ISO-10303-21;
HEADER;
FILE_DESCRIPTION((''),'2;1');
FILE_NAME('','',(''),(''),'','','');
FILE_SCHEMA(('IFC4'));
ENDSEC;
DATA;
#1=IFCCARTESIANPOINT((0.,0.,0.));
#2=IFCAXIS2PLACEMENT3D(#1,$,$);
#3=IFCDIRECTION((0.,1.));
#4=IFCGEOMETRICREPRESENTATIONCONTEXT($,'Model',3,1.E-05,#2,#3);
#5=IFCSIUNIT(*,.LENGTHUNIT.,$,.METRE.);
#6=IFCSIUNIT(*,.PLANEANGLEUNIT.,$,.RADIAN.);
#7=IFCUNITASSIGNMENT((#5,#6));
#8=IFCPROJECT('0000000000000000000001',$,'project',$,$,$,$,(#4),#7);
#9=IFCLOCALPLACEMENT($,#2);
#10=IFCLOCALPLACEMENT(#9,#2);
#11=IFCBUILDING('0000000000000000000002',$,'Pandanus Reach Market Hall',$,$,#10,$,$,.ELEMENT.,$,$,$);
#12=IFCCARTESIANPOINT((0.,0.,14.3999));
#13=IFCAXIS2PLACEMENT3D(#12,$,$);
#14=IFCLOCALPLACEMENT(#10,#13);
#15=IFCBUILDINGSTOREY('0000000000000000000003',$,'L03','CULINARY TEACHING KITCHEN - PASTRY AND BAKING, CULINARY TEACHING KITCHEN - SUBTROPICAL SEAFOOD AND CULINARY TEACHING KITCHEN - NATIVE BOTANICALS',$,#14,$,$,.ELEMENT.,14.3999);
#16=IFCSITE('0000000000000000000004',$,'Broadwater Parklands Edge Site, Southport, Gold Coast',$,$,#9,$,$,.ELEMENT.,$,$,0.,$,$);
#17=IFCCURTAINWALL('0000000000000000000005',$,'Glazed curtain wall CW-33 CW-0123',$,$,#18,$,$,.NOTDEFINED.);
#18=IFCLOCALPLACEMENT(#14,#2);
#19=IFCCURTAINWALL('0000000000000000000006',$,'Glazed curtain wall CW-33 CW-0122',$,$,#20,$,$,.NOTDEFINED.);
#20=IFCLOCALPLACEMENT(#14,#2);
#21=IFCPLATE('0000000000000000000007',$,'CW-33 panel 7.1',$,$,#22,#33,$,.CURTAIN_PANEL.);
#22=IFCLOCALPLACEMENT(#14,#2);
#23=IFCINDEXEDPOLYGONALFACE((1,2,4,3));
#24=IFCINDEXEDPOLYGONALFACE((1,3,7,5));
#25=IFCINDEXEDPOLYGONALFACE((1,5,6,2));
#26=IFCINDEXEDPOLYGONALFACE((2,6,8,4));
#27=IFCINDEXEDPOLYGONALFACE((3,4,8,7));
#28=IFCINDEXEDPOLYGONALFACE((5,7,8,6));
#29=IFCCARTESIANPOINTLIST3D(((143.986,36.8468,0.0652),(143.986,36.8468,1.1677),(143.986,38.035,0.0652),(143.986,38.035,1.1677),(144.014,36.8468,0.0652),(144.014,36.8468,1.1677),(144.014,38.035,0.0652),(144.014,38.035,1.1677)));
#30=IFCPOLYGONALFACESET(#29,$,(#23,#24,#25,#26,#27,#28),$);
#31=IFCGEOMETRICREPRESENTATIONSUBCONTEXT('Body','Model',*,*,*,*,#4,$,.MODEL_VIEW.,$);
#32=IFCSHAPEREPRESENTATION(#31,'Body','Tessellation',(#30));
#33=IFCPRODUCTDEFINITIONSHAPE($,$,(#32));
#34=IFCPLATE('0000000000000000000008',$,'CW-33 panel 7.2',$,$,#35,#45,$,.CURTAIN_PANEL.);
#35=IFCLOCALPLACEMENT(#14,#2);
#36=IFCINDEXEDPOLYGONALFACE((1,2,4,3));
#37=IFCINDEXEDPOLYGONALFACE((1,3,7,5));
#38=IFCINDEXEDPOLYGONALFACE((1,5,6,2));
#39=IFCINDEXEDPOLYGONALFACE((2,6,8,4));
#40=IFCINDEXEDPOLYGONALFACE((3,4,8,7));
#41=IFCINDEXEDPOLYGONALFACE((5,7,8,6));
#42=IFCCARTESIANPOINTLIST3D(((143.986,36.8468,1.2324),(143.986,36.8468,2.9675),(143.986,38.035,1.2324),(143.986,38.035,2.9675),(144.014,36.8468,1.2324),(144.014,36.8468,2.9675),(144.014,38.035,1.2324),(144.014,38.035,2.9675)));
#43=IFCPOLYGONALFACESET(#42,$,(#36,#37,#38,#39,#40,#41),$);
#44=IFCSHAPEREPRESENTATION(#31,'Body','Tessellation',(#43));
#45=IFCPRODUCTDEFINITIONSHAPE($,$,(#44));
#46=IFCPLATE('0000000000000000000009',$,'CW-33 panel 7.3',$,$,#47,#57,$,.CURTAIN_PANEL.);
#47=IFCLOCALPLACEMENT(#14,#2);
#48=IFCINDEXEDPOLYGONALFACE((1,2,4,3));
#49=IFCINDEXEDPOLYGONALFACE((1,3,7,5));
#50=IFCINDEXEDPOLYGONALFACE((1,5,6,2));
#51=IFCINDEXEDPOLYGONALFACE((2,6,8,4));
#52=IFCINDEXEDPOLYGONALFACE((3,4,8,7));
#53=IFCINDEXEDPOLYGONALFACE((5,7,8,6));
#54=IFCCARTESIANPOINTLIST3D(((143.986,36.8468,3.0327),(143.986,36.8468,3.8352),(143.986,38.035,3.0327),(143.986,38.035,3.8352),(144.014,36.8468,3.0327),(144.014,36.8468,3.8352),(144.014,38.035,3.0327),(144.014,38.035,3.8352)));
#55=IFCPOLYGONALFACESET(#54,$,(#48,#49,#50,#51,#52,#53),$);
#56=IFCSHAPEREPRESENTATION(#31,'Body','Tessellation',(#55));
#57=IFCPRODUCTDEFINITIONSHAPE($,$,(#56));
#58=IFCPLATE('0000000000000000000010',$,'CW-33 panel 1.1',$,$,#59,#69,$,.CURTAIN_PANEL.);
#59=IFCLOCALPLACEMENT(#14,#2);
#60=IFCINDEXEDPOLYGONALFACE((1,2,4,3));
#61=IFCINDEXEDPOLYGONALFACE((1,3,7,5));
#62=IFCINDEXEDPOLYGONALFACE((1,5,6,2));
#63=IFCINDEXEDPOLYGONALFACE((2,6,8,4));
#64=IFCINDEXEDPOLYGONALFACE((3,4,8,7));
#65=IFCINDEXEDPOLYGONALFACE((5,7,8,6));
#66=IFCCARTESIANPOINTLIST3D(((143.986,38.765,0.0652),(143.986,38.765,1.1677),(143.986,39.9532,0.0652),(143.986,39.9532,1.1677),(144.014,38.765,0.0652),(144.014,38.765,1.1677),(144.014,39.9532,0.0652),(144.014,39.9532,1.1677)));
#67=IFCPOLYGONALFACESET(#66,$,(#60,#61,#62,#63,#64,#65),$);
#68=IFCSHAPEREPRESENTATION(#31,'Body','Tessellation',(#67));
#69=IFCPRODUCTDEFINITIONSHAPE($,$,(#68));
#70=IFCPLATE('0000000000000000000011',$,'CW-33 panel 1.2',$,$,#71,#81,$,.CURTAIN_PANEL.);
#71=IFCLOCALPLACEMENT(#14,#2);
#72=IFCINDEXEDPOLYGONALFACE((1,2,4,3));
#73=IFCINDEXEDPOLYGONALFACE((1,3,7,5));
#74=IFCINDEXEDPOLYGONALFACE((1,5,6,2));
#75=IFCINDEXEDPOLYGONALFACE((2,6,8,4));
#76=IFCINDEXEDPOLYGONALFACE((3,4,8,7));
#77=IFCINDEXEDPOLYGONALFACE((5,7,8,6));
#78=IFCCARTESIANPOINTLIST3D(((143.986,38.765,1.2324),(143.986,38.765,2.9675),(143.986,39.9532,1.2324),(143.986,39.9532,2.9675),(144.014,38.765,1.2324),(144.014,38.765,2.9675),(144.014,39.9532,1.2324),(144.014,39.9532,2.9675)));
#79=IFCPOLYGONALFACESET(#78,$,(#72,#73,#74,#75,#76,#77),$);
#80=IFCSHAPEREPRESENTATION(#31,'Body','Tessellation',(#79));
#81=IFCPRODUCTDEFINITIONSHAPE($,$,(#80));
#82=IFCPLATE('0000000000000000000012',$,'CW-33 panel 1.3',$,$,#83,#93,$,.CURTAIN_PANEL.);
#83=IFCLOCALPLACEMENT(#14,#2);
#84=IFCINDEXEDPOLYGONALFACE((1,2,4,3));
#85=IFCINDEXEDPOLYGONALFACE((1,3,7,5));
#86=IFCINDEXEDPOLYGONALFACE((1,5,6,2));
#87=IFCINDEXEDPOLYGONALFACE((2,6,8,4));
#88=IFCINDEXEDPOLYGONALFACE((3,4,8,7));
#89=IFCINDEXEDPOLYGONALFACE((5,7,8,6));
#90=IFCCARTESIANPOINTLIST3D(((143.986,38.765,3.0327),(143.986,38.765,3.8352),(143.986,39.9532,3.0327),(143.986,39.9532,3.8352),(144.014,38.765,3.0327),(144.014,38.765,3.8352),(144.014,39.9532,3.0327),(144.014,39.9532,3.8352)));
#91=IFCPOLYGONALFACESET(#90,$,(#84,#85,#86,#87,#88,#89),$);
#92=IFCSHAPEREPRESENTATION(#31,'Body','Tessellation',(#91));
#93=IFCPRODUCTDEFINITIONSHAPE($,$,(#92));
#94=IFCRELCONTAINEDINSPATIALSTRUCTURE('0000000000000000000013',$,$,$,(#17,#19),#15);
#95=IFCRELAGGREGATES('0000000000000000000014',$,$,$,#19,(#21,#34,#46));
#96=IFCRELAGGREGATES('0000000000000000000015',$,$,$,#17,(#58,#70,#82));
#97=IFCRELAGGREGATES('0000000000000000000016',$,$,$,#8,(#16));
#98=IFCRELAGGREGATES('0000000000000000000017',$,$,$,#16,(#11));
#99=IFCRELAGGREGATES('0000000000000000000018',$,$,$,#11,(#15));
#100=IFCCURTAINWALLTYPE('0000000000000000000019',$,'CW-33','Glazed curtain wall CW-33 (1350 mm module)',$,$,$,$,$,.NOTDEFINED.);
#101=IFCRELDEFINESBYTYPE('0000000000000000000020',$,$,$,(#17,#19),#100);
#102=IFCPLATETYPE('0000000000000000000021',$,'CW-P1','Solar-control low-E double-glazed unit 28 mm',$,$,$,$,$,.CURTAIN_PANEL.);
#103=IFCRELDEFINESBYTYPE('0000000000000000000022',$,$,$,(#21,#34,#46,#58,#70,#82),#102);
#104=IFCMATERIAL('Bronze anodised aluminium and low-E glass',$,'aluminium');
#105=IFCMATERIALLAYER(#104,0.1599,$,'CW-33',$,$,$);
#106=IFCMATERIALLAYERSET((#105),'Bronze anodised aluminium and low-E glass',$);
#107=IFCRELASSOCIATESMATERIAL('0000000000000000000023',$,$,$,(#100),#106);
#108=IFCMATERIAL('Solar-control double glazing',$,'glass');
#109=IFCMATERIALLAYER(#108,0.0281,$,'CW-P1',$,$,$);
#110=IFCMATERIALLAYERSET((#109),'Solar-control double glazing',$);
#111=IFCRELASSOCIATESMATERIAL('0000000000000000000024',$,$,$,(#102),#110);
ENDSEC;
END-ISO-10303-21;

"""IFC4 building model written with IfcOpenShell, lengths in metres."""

from ifc_helpers import new_model, si_unit, direction, frame, origin, origin_2d, place, context, subcontext, project, spatial, rectangle, extrude, material, layer, layer_set, type_object, element, aggregate, save


model = new_model("IFC4")

# Units and contexts
model_context = context("Model", 3, precision=1e-05, world=origin(), true_north=direction((0.0, 1.0)))
body_context = subcontext(model_context, "Body", "Model", "MODEL_VIEW")
ifc_project = project(units=[si_unit("LENGTHUNIT", "METRE"), si_unit("PLANEANGLEUNIT", "RADIAN")], contexts=[model_context])

# Site, building, storey
site_placement = place(None, origin())
site = spatial("IfcSite", under=ifc_project, at=site_placement, Name="Broadwater Parklands Edge Site, Southport, Gold Coast", CompositionType="ELEMENT", RefElevation=0.0)
building_placement = place(site_placement, origin())
building = spatial("IfcBuilding", under=site, at=building_placement, Name="Pandanus Reach Market Hall", CompositionType="ELEMENT")
storey_placement = place(building_placement, frame((0.0, 0.0, 14.3999)))
storey = spatial("IfcBuildingStorey", under=building, at=storey_placement, Name="L03", Description="CULINARY TEACHING KITCHEN - PASTRY AND BAKING, CULINARY TEACHING KITCHEN - SUBTROPICAL SEAFOOD AND CULINARY TEACHING KITCHEN - NATIVE BOTANICALS", CompositionType="ELEMENT", Elevation=14.3999)

# Curtain walls
ifc_material_1 = material(Name="Bronze anodised aluminium and low-E glass", Category="aluminium")
ifc_layer_1 = layer(ifc_material_1, 0.1599, Name="CW-33")
ifc_layer_set_1 = layer_set([ifc_layer_1], Name="Bronze anodised aluminium and low-E glass")
curtain_wall_type = type_object("IfcCurtainWallType", Name="CW-33", Description="Glazed curtain wall CW-33 (1350 mm module)", PredefinedType="NOTDEFINED", material=ifc_layer_set_1)
curtain_wall_1_placement = place(storey_placement, origin())
curtain_wall_1 = element("IfcCurtainWall", 1, at=curtain_wall_1_placement, inside=storey, type_object=curtain_wall_type, Name="Glazed curtain wall CW-33 CW-0123", PredefinedType="NOTDEFINED")
curtain_wall_2_placement = place(storey_placement, origin())
curtain_wall_2 = element("IfcCurtainWall", 2, at=curtain_wall_2_placement, inside=storey, type_object=curtain_wall_type, Name="Glazed curtain wall CW-33 CW-0122", PredefinedType="NOTDEFINED")

# Plates
ifc_material_2 = material(Name="Solar-control double glazing", Category="glass")
ifc_layer_2 = layer(ifc_material_2, 0.0281, Name="CW-P1")
ifc_layer_set_2 = layer_set([ifc_layer_2], Name="Solar-control double glazing")
plate_type = type_object("IfcPlateType", Name="CW-P1", Description="Solar-control low-E double-glazed unit 28 mm", PredefinedType="CURTAIN_PANEL", material=ifc_layer_set_2)
plate_1_placement = place(storey_placement, frame((144.0, 37.4409, 0.0652), z_axis=(0.0, 0.0, 1.0), x_axis=(0.0, 1.0, 0.0)))
plate_1 = element("IfcPlate", 3, at=plate_1_placement, type_object=plate_type, Name="CW-33 panel 7.1", PredefinedType="CURTAIN_PANEL", context=body_context, shape_type="SweptSolid", body=[
    extrude(rectangle(XDim=1.1882, YDim=0.0281, at=origin_2d()), origin(), (0.0, 0.0, 1.0), 1.1025),
])
plate_2_placement = place(storey_placement, frame((144.0, 37.4409, 1.2324), z_axis=(0.0, 0.0, 1.0), x_axis=(0.0, 1.0, 0.0)))
plate_2 = element("IfcPlate", 4, at=plate_2_placement, type_object=plate_type, Name="CW-33 panel 7.2", PredefinedType="CURTAIN_PANEL", context=body_context, shape_type="SweptSolid", body=[
    extrude(rectangle(XDim=1.1882, YDim=0.0281, at=origin_2d()), origin(), (0.0, 0.0, 1.0), 1.7351),
])
plate_3_placement = place(storey_placement, frame((144.0, 37.4409, 3.0327), z_axis=(0.0, 0.0, 1.0), x_axis=(0.0, 1.0, 0.0)))
plate_3 = element("IfcPlate", 5, at=plate_3_placement, type_object=plate_type, Name="CW-33 panel 7.3", PredefinedType="CURTAIN_PANEL", context=body_context, shape_type="SweptSolid", body=[
    extrude(rectangle(XDim=1.1882, YDim=0.0281, at=origin_2d()), origin(), (0.0, 0.0, 1.0), 0.8025),
])
aggregate(curtain_wall_2, [plate_1, plate_2, plate_3])
plate_4_placement = place(storey_placement, frame((144.0, 39.3591, 0.0652), z_axis=(0.0, 0.0, 1.0), x_axis=(0.0, 1.0, 0.0)))
plate_4 = element("IfcPlate", 6, at=plate_4_placement, type_object=plate_type, Name="CW-33 panel 1.1", PredefinedType="CURTAIN_PANEL", context=body_context, shape_type="SweptSolid", body=[
    extrude(rectangle(XDim=1.1882, YDim=0.0281, at=origin_2d()), origin(), (0.0, 0.0, 1.0), 1.1025),
])
plate_5_placement = place(storey_placement, frame((144.0, 39.3591, 1.2324), z_axis=(0.0, 0.0, 1.0), x_axis=(0.0, 1.0, 0.0)))
plate_5 = element("IfcPlate", 7, at=plate_5_placement, type_object=plate_type, Name="CW-33 panel 1.2", PredefinedType="CURTAIN_PANEL", context=body_context, shape_type="SweptSolid", body=[
    extrude(rectangle(XDim=1.1882, YDim=0.0281, at=origin_2d()), origin(), (0.0, 0.0, 1.0), 1.7351),
])
plate_6_placement = place(storey_placement, frame((144.0, 39.3591, 3.0327), z_axis=(0.0, 0.0, 1.0), x_axis=(0.0, 1.0, 0.0)))
plate_6 = element("IfcPlate", 8, at=plate_6_placement, type_object=plate_type, Name="CW-33 panel 1.3", PredefinedType="CURTAIN_PANEL", context=body_context, shape_type="SweptSolid", body=[
    extrude(rectangle(XDim=1.1882, YDim=0.0281, at=origin_2d()), origin(), (0.0, 0.0, 1.0), 0.8025),
])
aggregate(curtain_wall_1, [plate_4, plate_5, plate_6])

save(model, "model.ifc")
